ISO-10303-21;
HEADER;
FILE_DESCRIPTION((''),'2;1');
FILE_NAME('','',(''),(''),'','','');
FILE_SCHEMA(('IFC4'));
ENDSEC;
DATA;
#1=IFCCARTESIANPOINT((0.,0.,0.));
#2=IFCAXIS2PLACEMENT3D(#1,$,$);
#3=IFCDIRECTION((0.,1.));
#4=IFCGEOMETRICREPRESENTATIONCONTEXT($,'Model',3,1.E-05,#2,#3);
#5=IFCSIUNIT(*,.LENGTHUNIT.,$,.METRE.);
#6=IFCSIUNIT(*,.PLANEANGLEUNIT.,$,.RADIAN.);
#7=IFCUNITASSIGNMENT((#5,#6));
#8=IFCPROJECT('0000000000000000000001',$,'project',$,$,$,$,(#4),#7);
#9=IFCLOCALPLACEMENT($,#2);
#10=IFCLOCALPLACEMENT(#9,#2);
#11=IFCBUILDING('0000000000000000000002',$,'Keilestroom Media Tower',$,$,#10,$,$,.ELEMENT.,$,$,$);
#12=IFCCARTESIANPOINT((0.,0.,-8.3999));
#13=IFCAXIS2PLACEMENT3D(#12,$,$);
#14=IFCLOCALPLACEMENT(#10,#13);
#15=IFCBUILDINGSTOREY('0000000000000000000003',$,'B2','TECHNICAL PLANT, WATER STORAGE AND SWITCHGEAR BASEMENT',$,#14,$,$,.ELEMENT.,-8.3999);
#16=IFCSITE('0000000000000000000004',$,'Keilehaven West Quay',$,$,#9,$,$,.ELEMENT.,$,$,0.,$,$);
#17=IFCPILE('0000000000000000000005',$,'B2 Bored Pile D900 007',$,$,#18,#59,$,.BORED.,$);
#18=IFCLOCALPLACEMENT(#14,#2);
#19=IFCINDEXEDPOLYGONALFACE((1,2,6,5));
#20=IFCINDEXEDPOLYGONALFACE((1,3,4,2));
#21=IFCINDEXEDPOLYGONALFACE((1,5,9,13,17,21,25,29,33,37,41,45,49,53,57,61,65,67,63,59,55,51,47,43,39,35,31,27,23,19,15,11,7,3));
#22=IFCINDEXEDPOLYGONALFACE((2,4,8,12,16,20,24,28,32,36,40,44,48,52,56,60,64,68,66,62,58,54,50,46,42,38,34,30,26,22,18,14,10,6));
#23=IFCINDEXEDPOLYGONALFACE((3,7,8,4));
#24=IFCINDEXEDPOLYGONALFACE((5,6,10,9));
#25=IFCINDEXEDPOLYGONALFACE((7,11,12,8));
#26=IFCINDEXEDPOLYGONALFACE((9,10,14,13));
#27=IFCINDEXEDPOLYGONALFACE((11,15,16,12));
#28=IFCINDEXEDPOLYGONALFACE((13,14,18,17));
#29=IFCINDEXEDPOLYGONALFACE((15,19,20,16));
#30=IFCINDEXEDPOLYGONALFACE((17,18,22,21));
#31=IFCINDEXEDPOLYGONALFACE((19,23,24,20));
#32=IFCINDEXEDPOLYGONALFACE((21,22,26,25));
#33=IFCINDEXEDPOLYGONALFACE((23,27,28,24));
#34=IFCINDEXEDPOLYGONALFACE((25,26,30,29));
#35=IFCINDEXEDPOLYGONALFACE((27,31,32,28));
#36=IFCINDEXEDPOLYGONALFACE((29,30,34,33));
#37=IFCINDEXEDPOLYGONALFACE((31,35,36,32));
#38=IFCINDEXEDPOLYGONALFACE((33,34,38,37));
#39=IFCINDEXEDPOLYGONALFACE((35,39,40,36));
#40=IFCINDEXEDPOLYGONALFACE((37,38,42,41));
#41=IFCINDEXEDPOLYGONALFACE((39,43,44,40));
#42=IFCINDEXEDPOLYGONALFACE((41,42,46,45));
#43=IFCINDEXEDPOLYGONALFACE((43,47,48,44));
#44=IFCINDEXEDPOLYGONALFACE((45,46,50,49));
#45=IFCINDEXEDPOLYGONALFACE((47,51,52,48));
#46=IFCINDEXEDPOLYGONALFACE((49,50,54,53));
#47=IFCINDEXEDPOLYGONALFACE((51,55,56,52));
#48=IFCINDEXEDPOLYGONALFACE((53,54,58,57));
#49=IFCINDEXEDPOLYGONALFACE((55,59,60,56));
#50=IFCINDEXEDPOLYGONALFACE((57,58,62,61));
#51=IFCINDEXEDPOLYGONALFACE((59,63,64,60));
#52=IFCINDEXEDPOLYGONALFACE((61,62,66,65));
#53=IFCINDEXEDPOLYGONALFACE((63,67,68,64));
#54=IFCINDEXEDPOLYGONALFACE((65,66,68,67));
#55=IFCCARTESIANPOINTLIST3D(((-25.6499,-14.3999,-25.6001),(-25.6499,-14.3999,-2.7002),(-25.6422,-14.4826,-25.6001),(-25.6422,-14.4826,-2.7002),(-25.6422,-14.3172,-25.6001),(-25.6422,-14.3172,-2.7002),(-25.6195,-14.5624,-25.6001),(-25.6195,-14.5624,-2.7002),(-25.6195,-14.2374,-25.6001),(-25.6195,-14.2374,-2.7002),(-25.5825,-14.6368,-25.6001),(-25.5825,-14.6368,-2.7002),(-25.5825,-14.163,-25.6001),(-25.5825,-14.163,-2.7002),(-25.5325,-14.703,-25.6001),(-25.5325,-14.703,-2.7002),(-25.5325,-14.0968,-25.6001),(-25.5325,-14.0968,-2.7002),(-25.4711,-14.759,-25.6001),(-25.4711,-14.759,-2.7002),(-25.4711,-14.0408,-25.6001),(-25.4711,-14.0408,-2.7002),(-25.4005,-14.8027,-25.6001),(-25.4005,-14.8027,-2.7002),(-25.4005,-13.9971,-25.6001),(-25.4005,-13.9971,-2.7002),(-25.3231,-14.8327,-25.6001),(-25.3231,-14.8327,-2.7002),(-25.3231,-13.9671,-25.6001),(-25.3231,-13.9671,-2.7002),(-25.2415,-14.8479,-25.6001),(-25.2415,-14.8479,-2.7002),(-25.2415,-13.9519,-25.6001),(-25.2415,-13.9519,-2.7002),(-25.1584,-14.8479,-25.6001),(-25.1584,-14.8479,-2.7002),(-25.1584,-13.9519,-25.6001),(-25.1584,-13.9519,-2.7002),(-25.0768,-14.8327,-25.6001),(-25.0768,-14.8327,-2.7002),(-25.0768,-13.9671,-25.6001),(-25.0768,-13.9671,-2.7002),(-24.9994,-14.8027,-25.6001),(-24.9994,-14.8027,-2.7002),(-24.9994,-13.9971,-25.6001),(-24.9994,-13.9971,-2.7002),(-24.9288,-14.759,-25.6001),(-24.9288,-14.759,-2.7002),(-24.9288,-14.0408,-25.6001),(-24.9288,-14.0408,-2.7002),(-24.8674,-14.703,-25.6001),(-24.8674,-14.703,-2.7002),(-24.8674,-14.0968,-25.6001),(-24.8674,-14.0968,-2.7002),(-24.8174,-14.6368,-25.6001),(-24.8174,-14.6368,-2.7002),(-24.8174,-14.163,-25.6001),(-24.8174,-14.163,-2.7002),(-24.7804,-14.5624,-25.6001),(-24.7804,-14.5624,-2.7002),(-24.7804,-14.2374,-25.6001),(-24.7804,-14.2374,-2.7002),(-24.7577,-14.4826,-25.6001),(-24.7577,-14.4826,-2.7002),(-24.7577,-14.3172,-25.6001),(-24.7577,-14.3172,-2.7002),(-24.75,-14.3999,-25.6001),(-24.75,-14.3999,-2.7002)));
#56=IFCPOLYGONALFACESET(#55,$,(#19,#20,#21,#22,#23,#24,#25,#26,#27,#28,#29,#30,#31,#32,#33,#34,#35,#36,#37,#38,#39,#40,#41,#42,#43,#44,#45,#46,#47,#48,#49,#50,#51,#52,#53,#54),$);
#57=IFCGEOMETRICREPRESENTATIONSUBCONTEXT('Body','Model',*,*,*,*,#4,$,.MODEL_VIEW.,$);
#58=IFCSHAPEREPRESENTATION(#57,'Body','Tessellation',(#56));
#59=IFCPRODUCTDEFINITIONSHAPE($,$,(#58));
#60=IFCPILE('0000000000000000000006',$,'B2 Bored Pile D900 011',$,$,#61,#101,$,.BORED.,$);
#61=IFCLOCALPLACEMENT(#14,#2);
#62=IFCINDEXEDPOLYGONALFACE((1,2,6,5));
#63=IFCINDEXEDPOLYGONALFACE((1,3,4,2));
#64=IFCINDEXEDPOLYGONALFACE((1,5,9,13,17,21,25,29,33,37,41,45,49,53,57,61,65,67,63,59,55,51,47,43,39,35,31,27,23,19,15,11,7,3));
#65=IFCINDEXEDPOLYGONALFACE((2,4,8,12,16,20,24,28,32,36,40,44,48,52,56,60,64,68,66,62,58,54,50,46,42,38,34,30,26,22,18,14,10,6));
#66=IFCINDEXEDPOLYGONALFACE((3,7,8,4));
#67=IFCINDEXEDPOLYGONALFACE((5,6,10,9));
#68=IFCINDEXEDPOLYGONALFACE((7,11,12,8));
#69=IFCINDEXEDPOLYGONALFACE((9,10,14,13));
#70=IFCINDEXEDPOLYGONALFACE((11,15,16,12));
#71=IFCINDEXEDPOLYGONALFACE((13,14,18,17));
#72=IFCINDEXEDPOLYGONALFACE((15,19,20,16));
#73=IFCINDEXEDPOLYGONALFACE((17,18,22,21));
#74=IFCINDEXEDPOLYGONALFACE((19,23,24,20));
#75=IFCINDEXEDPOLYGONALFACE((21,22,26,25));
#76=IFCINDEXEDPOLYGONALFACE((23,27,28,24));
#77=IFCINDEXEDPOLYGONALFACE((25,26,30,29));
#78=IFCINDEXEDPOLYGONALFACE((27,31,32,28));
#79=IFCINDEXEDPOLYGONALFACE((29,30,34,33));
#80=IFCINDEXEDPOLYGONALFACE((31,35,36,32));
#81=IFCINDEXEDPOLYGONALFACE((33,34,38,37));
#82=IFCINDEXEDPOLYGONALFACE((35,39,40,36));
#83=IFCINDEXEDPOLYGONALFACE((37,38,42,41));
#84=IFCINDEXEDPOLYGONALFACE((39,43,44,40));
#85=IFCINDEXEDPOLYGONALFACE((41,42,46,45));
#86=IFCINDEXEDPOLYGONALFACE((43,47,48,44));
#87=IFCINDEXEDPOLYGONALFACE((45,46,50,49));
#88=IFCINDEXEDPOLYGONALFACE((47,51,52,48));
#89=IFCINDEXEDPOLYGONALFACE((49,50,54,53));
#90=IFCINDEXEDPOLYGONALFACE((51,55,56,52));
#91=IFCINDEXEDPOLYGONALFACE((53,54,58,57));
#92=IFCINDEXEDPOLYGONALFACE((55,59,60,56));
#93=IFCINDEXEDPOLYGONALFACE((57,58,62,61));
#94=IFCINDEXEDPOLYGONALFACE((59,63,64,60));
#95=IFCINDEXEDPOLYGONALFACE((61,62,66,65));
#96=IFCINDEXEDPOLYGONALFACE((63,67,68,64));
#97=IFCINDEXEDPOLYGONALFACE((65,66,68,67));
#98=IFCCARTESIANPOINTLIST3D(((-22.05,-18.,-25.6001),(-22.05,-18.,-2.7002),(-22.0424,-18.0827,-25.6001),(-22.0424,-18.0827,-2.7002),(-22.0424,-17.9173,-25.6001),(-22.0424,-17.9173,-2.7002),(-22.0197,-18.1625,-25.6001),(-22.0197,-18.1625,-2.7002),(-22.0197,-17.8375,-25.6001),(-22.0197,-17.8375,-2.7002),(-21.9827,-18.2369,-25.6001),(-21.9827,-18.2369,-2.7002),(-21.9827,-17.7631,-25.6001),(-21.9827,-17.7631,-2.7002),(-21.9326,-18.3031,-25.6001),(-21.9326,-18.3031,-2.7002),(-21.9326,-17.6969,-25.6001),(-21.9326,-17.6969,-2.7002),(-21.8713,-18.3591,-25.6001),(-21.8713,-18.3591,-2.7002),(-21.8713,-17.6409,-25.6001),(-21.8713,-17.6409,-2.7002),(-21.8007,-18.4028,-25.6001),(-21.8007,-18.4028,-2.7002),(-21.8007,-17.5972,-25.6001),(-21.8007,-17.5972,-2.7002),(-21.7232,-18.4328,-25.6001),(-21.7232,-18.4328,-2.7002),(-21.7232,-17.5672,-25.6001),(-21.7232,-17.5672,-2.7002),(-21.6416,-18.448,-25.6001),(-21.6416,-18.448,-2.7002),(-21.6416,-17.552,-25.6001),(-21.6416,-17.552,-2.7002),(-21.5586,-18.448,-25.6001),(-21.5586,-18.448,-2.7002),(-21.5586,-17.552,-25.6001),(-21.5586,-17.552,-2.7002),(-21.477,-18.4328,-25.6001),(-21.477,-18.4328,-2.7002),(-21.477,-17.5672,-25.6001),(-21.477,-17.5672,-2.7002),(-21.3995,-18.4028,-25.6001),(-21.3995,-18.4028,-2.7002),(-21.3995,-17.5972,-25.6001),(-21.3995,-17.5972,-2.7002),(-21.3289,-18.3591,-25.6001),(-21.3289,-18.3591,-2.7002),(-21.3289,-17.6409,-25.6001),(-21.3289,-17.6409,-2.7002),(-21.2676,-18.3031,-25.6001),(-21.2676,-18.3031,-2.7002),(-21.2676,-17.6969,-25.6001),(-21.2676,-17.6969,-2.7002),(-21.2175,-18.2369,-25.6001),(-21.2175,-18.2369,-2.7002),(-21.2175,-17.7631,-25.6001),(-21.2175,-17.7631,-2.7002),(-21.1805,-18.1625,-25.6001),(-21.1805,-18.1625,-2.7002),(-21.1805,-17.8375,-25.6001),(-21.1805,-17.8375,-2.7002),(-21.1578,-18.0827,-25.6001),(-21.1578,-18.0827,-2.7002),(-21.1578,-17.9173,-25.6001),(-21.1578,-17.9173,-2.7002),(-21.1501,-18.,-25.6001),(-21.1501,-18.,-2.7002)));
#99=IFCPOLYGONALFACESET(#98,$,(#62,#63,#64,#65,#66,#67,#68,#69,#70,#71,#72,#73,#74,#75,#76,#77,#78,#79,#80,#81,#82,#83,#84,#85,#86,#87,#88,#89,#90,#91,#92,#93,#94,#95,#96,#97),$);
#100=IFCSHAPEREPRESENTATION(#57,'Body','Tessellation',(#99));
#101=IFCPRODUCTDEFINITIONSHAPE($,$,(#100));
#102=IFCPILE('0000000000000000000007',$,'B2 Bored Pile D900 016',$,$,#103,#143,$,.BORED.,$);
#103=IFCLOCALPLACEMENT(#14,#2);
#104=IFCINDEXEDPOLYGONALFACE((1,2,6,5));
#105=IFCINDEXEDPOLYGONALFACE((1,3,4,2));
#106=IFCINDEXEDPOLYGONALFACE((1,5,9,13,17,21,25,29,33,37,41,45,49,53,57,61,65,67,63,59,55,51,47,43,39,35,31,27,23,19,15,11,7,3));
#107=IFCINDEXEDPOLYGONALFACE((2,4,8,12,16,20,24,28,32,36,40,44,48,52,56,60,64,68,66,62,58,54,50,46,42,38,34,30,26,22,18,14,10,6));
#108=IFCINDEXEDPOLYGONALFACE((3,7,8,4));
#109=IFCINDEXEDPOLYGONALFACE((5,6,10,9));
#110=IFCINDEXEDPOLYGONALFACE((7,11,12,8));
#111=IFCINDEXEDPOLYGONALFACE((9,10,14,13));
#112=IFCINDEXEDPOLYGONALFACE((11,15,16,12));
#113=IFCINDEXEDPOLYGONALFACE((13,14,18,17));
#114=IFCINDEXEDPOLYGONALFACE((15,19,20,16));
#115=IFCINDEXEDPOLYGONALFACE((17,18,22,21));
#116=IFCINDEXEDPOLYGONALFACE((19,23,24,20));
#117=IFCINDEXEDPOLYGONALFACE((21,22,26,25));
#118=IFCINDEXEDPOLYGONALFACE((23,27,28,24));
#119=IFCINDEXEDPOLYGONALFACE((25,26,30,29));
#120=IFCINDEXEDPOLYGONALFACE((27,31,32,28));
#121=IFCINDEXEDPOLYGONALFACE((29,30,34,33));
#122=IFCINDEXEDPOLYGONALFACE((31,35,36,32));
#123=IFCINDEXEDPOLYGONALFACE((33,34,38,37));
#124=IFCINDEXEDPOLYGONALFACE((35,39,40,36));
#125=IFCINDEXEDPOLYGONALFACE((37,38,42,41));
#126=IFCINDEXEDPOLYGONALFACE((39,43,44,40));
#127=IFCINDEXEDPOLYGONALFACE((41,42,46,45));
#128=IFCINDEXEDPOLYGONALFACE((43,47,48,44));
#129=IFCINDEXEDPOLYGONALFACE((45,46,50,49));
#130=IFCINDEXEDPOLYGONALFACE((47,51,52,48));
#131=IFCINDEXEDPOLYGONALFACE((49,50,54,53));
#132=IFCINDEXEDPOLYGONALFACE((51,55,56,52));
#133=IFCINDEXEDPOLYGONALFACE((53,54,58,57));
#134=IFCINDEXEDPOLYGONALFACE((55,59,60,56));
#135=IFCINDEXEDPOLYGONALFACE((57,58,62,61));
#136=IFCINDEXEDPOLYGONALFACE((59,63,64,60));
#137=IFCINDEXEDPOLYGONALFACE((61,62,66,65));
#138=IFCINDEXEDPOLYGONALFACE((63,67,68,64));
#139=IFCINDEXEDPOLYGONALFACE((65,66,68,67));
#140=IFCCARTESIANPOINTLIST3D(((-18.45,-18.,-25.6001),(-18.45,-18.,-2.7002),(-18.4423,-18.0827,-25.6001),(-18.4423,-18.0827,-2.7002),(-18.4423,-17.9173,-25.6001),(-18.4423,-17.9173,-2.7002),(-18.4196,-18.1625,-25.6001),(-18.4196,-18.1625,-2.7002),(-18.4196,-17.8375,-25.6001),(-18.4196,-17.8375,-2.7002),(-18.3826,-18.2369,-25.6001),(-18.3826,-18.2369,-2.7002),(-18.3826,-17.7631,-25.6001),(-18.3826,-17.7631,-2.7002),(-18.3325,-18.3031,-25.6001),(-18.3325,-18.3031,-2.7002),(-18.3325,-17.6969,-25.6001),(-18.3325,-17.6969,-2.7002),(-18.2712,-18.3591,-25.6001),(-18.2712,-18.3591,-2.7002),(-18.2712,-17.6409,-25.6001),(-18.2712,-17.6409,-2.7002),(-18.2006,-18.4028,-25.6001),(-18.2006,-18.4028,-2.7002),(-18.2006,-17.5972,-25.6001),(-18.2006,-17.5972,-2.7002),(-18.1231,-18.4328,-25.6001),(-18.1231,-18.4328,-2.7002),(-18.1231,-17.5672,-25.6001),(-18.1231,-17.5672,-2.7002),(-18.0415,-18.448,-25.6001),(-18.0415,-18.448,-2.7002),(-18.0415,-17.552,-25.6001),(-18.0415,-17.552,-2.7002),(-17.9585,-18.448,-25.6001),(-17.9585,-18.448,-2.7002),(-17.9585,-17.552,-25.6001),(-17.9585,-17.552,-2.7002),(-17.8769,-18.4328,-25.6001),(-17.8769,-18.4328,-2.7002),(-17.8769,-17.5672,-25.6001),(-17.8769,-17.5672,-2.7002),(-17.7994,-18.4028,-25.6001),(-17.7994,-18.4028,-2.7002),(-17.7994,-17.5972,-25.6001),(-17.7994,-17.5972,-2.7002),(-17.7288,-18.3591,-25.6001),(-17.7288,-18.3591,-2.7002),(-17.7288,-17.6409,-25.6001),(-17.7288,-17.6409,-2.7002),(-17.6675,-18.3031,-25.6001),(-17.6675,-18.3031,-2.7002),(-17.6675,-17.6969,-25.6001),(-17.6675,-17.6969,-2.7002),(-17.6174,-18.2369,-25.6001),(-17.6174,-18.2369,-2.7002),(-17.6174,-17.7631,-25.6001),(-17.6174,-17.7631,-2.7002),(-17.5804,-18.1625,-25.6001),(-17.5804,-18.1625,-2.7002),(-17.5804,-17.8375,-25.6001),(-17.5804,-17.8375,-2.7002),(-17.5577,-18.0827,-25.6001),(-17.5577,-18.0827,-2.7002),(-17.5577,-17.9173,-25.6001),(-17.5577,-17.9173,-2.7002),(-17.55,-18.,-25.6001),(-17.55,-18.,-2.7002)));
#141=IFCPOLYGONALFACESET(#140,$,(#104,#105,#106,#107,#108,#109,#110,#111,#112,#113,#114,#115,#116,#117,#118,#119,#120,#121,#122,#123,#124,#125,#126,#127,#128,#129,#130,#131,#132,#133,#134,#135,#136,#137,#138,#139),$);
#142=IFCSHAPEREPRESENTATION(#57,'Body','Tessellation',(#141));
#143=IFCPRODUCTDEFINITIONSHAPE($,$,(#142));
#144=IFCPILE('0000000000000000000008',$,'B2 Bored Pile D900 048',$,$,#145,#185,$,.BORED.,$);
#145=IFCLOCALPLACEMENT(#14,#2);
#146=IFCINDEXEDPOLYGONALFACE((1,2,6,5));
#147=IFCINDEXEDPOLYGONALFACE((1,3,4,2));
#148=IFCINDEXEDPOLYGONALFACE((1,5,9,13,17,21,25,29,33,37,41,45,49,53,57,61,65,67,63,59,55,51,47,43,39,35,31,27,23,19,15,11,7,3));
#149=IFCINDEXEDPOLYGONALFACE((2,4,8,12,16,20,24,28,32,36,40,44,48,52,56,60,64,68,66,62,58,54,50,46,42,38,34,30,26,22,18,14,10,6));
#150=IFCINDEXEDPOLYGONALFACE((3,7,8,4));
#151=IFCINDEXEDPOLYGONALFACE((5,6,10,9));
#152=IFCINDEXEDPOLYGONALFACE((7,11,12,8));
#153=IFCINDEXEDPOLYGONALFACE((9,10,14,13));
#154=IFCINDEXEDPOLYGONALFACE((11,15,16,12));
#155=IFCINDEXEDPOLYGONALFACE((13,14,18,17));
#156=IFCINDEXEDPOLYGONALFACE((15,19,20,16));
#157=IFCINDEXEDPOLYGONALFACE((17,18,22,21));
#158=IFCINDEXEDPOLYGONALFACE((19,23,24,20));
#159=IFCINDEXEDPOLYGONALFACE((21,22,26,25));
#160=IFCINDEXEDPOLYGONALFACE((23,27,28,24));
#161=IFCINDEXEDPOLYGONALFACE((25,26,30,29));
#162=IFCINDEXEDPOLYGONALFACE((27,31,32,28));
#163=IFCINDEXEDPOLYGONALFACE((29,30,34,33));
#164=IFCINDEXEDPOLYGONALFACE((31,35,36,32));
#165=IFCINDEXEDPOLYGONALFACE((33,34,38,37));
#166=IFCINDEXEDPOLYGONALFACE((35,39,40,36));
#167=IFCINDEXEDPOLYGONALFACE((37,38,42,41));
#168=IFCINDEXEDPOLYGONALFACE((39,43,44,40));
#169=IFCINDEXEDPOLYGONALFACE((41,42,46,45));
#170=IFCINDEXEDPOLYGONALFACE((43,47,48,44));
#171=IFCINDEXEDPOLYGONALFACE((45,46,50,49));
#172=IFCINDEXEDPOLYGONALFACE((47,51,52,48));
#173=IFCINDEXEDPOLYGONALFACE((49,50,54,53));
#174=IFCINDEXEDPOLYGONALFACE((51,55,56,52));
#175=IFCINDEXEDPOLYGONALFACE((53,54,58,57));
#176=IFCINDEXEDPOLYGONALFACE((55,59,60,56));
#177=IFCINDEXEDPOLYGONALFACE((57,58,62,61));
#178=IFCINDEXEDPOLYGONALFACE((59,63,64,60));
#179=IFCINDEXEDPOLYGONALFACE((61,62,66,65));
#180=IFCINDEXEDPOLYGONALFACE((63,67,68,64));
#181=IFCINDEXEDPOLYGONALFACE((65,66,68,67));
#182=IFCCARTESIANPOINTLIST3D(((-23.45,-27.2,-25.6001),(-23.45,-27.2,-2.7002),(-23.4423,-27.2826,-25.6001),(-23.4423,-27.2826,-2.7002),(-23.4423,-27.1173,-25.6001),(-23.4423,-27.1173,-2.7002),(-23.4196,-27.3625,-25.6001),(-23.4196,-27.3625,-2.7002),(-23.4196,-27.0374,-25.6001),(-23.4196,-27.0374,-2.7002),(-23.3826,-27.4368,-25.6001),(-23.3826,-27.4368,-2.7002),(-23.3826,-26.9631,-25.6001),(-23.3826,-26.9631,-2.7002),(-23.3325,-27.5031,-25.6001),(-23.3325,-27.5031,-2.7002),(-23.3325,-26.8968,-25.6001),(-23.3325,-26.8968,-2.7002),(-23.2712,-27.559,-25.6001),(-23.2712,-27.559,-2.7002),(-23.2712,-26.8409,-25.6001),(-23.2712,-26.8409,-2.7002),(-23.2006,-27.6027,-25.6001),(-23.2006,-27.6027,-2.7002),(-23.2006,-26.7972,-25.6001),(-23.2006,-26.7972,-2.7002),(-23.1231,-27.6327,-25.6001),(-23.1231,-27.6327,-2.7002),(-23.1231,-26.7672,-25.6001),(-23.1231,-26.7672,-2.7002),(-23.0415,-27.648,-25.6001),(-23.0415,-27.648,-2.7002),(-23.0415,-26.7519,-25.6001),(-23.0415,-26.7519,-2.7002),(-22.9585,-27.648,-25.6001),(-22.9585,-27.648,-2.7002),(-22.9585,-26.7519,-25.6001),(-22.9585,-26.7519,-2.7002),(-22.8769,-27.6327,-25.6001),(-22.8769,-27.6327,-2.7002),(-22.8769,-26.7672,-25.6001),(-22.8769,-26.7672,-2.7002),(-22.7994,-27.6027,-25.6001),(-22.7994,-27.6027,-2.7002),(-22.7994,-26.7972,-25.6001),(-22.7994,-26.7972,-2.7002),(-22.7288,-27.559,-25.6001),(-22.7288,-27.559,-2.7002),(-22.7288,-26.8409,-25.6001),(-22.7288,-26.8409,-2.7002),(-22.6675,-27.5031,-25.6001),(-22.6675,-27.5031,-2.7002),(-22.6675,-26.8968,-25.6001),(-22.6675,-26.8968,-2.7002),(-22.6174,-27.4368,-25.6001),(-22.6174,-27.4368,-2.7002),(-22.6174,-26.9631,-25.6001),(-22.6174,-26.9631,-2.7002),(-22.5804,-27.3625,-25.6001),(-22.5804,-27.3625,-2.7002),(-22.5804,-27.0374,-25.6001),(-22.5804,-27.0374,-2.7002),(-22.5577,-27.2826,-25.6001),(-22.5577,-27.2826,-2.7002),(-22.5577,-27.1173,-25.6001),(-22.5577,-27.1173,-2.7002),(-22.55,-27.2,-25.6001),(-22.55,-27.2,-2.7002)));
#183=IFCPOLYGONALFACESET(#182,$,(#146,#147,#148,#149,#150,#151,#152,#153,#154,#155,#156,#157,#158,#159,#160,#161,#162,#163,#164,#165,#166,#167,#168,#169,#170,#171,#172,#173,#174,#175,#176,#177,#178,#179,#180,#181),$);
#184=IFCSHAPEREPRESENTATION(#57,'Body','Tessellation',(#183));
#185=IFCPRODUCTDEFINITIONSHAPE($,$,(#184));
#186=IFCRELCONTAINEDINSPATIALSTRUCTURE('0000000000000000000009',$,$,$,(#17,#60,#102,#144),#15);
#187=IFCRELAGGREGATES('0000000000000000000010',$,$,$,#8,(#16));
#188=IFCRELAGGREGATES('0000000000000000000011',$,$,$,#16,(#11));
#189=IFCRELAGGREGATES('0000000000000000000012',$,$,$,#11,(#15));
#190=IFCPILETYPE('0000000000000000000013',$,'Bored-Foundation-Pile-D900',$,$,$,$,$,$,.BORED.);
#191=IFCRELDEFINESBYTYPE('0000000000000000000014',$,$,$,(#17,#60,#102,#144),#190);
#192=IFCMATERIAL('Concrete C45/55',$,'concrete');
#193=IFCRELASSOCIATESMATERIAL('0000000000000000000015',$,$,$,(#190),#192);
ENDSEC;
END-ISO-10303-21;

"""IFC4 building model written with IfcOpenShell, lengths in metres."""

from ifc_helpers import new_model, si_unit, direction, frame, origin, origin_2d, place, context, subcontext, project, spatial, circle, extrude, source, transform, mapped, material, material_profile, profile_set, type_object, element, save


model = new_model("IFC4")

# Units and contexts
model_context = context("Model", 3, precision=1e-05, world=origin(), true_north=direction((0.0, 1.0)))
body_context = subcontext(model_context, "Body", "Model", "MODEL_VIEW")
ifc_project = project(units=[si_unit("LENGTHUNIT", "METRE"), si_unit("PLANEANGLEUNIT", "RADIAN")], contexts=[model_context])

# Site, building, storey
site_placement = place(None, origin())
site = spatial("IfcSite", under=ifc_project, at=site_placement, Name="Keilehaven West Quay", CompositionType="ELEMENT", RefElevation=0.0)
building_placement = place(site_placement, origin())
building = spatial("IfcBuilding", under=site, at=building_placement, Name="Keilestroom Media Tower", CompositionType="ELEMENT")
storey_placement = place(building_placement, frame((0.0, 0.0, -8.3999)))
storey = spatial("IfcBuildingStorey", under=building, at=storey_placement, Name="B2", Description="TECHNICAL PLANT, WATER STORAGE AND SWITCHGEAR BASEMENT", CompositionType="ELEMENT", Elevation=-8.3999)

# Piles
ifc_material_1 = material(Name="Concrete C45/55", Category="concrete")
ifc_material_profile_1 = material_profile(ifc_material_1, circle(Radius=0.45, at=origin_2d()), Name="BORED PILE D900")
ifc_profile_set_1 = profile_set([ifc_material_profile_1], Name="Concrete C45/55")
pile_type = type_object("IfcPileType", Name="Bored-Foundation-Pile-D900", PredefinedType="BORED", material=ifc_profile_set_1)
shared_shape_1 = source(origin(), body_context, "Body", "SweptSolid", [
    extrude(circle(Radius=0.45, at=origin_2d()), origin(), (0.0, 0.0, 1.0), 22.8999),
])
for number, where, z_axis, x_axis, name in (
    (1, (-25.2, -14.3999, -2.7002), (0.0, 0.0, -1.0), (1.0, 0.0, 0.0), "B2 Bored Pile D900 007"),
    (2, (-21.6001, -18.0, -2.7002), (0.0, 0.0, -1.0), (1.0, 0.0, 0.0), "B2 Bored Pile D900 011"),
    (3, (-18.0, -18.0, -2.7002), (0.0, 0.0, -1.0), (1.0, 0.0, 0.0), "B2 Bored Pile D900 016"),
    (4, (-23.0, -27.2, -2.7002), (0.0, 0.0, -1.0), (1.0, 0.0, 0.0), "B2 Bored Pile D900 048"),
):
    element("IfcPile", number, at=place(storey_placement, frame(where, z_axis=z_axis, x_axis=x_axis)), inside=storey, type_object=pile_type, Name=name, PredefinedType="BORED", context=body_context, shape_type="MappedRepresentation", body=[
        mapped(shared_shape_1, transform((0.0, 0.0, 0.0), x_axis=(1.0, 0.0, 0.0), y_axis=(0.0, 1.0, 0.0), z_axis=(0.0, 0.0, 1.0), scale=1.0)),
    ])

save(model, "model.ifc")
